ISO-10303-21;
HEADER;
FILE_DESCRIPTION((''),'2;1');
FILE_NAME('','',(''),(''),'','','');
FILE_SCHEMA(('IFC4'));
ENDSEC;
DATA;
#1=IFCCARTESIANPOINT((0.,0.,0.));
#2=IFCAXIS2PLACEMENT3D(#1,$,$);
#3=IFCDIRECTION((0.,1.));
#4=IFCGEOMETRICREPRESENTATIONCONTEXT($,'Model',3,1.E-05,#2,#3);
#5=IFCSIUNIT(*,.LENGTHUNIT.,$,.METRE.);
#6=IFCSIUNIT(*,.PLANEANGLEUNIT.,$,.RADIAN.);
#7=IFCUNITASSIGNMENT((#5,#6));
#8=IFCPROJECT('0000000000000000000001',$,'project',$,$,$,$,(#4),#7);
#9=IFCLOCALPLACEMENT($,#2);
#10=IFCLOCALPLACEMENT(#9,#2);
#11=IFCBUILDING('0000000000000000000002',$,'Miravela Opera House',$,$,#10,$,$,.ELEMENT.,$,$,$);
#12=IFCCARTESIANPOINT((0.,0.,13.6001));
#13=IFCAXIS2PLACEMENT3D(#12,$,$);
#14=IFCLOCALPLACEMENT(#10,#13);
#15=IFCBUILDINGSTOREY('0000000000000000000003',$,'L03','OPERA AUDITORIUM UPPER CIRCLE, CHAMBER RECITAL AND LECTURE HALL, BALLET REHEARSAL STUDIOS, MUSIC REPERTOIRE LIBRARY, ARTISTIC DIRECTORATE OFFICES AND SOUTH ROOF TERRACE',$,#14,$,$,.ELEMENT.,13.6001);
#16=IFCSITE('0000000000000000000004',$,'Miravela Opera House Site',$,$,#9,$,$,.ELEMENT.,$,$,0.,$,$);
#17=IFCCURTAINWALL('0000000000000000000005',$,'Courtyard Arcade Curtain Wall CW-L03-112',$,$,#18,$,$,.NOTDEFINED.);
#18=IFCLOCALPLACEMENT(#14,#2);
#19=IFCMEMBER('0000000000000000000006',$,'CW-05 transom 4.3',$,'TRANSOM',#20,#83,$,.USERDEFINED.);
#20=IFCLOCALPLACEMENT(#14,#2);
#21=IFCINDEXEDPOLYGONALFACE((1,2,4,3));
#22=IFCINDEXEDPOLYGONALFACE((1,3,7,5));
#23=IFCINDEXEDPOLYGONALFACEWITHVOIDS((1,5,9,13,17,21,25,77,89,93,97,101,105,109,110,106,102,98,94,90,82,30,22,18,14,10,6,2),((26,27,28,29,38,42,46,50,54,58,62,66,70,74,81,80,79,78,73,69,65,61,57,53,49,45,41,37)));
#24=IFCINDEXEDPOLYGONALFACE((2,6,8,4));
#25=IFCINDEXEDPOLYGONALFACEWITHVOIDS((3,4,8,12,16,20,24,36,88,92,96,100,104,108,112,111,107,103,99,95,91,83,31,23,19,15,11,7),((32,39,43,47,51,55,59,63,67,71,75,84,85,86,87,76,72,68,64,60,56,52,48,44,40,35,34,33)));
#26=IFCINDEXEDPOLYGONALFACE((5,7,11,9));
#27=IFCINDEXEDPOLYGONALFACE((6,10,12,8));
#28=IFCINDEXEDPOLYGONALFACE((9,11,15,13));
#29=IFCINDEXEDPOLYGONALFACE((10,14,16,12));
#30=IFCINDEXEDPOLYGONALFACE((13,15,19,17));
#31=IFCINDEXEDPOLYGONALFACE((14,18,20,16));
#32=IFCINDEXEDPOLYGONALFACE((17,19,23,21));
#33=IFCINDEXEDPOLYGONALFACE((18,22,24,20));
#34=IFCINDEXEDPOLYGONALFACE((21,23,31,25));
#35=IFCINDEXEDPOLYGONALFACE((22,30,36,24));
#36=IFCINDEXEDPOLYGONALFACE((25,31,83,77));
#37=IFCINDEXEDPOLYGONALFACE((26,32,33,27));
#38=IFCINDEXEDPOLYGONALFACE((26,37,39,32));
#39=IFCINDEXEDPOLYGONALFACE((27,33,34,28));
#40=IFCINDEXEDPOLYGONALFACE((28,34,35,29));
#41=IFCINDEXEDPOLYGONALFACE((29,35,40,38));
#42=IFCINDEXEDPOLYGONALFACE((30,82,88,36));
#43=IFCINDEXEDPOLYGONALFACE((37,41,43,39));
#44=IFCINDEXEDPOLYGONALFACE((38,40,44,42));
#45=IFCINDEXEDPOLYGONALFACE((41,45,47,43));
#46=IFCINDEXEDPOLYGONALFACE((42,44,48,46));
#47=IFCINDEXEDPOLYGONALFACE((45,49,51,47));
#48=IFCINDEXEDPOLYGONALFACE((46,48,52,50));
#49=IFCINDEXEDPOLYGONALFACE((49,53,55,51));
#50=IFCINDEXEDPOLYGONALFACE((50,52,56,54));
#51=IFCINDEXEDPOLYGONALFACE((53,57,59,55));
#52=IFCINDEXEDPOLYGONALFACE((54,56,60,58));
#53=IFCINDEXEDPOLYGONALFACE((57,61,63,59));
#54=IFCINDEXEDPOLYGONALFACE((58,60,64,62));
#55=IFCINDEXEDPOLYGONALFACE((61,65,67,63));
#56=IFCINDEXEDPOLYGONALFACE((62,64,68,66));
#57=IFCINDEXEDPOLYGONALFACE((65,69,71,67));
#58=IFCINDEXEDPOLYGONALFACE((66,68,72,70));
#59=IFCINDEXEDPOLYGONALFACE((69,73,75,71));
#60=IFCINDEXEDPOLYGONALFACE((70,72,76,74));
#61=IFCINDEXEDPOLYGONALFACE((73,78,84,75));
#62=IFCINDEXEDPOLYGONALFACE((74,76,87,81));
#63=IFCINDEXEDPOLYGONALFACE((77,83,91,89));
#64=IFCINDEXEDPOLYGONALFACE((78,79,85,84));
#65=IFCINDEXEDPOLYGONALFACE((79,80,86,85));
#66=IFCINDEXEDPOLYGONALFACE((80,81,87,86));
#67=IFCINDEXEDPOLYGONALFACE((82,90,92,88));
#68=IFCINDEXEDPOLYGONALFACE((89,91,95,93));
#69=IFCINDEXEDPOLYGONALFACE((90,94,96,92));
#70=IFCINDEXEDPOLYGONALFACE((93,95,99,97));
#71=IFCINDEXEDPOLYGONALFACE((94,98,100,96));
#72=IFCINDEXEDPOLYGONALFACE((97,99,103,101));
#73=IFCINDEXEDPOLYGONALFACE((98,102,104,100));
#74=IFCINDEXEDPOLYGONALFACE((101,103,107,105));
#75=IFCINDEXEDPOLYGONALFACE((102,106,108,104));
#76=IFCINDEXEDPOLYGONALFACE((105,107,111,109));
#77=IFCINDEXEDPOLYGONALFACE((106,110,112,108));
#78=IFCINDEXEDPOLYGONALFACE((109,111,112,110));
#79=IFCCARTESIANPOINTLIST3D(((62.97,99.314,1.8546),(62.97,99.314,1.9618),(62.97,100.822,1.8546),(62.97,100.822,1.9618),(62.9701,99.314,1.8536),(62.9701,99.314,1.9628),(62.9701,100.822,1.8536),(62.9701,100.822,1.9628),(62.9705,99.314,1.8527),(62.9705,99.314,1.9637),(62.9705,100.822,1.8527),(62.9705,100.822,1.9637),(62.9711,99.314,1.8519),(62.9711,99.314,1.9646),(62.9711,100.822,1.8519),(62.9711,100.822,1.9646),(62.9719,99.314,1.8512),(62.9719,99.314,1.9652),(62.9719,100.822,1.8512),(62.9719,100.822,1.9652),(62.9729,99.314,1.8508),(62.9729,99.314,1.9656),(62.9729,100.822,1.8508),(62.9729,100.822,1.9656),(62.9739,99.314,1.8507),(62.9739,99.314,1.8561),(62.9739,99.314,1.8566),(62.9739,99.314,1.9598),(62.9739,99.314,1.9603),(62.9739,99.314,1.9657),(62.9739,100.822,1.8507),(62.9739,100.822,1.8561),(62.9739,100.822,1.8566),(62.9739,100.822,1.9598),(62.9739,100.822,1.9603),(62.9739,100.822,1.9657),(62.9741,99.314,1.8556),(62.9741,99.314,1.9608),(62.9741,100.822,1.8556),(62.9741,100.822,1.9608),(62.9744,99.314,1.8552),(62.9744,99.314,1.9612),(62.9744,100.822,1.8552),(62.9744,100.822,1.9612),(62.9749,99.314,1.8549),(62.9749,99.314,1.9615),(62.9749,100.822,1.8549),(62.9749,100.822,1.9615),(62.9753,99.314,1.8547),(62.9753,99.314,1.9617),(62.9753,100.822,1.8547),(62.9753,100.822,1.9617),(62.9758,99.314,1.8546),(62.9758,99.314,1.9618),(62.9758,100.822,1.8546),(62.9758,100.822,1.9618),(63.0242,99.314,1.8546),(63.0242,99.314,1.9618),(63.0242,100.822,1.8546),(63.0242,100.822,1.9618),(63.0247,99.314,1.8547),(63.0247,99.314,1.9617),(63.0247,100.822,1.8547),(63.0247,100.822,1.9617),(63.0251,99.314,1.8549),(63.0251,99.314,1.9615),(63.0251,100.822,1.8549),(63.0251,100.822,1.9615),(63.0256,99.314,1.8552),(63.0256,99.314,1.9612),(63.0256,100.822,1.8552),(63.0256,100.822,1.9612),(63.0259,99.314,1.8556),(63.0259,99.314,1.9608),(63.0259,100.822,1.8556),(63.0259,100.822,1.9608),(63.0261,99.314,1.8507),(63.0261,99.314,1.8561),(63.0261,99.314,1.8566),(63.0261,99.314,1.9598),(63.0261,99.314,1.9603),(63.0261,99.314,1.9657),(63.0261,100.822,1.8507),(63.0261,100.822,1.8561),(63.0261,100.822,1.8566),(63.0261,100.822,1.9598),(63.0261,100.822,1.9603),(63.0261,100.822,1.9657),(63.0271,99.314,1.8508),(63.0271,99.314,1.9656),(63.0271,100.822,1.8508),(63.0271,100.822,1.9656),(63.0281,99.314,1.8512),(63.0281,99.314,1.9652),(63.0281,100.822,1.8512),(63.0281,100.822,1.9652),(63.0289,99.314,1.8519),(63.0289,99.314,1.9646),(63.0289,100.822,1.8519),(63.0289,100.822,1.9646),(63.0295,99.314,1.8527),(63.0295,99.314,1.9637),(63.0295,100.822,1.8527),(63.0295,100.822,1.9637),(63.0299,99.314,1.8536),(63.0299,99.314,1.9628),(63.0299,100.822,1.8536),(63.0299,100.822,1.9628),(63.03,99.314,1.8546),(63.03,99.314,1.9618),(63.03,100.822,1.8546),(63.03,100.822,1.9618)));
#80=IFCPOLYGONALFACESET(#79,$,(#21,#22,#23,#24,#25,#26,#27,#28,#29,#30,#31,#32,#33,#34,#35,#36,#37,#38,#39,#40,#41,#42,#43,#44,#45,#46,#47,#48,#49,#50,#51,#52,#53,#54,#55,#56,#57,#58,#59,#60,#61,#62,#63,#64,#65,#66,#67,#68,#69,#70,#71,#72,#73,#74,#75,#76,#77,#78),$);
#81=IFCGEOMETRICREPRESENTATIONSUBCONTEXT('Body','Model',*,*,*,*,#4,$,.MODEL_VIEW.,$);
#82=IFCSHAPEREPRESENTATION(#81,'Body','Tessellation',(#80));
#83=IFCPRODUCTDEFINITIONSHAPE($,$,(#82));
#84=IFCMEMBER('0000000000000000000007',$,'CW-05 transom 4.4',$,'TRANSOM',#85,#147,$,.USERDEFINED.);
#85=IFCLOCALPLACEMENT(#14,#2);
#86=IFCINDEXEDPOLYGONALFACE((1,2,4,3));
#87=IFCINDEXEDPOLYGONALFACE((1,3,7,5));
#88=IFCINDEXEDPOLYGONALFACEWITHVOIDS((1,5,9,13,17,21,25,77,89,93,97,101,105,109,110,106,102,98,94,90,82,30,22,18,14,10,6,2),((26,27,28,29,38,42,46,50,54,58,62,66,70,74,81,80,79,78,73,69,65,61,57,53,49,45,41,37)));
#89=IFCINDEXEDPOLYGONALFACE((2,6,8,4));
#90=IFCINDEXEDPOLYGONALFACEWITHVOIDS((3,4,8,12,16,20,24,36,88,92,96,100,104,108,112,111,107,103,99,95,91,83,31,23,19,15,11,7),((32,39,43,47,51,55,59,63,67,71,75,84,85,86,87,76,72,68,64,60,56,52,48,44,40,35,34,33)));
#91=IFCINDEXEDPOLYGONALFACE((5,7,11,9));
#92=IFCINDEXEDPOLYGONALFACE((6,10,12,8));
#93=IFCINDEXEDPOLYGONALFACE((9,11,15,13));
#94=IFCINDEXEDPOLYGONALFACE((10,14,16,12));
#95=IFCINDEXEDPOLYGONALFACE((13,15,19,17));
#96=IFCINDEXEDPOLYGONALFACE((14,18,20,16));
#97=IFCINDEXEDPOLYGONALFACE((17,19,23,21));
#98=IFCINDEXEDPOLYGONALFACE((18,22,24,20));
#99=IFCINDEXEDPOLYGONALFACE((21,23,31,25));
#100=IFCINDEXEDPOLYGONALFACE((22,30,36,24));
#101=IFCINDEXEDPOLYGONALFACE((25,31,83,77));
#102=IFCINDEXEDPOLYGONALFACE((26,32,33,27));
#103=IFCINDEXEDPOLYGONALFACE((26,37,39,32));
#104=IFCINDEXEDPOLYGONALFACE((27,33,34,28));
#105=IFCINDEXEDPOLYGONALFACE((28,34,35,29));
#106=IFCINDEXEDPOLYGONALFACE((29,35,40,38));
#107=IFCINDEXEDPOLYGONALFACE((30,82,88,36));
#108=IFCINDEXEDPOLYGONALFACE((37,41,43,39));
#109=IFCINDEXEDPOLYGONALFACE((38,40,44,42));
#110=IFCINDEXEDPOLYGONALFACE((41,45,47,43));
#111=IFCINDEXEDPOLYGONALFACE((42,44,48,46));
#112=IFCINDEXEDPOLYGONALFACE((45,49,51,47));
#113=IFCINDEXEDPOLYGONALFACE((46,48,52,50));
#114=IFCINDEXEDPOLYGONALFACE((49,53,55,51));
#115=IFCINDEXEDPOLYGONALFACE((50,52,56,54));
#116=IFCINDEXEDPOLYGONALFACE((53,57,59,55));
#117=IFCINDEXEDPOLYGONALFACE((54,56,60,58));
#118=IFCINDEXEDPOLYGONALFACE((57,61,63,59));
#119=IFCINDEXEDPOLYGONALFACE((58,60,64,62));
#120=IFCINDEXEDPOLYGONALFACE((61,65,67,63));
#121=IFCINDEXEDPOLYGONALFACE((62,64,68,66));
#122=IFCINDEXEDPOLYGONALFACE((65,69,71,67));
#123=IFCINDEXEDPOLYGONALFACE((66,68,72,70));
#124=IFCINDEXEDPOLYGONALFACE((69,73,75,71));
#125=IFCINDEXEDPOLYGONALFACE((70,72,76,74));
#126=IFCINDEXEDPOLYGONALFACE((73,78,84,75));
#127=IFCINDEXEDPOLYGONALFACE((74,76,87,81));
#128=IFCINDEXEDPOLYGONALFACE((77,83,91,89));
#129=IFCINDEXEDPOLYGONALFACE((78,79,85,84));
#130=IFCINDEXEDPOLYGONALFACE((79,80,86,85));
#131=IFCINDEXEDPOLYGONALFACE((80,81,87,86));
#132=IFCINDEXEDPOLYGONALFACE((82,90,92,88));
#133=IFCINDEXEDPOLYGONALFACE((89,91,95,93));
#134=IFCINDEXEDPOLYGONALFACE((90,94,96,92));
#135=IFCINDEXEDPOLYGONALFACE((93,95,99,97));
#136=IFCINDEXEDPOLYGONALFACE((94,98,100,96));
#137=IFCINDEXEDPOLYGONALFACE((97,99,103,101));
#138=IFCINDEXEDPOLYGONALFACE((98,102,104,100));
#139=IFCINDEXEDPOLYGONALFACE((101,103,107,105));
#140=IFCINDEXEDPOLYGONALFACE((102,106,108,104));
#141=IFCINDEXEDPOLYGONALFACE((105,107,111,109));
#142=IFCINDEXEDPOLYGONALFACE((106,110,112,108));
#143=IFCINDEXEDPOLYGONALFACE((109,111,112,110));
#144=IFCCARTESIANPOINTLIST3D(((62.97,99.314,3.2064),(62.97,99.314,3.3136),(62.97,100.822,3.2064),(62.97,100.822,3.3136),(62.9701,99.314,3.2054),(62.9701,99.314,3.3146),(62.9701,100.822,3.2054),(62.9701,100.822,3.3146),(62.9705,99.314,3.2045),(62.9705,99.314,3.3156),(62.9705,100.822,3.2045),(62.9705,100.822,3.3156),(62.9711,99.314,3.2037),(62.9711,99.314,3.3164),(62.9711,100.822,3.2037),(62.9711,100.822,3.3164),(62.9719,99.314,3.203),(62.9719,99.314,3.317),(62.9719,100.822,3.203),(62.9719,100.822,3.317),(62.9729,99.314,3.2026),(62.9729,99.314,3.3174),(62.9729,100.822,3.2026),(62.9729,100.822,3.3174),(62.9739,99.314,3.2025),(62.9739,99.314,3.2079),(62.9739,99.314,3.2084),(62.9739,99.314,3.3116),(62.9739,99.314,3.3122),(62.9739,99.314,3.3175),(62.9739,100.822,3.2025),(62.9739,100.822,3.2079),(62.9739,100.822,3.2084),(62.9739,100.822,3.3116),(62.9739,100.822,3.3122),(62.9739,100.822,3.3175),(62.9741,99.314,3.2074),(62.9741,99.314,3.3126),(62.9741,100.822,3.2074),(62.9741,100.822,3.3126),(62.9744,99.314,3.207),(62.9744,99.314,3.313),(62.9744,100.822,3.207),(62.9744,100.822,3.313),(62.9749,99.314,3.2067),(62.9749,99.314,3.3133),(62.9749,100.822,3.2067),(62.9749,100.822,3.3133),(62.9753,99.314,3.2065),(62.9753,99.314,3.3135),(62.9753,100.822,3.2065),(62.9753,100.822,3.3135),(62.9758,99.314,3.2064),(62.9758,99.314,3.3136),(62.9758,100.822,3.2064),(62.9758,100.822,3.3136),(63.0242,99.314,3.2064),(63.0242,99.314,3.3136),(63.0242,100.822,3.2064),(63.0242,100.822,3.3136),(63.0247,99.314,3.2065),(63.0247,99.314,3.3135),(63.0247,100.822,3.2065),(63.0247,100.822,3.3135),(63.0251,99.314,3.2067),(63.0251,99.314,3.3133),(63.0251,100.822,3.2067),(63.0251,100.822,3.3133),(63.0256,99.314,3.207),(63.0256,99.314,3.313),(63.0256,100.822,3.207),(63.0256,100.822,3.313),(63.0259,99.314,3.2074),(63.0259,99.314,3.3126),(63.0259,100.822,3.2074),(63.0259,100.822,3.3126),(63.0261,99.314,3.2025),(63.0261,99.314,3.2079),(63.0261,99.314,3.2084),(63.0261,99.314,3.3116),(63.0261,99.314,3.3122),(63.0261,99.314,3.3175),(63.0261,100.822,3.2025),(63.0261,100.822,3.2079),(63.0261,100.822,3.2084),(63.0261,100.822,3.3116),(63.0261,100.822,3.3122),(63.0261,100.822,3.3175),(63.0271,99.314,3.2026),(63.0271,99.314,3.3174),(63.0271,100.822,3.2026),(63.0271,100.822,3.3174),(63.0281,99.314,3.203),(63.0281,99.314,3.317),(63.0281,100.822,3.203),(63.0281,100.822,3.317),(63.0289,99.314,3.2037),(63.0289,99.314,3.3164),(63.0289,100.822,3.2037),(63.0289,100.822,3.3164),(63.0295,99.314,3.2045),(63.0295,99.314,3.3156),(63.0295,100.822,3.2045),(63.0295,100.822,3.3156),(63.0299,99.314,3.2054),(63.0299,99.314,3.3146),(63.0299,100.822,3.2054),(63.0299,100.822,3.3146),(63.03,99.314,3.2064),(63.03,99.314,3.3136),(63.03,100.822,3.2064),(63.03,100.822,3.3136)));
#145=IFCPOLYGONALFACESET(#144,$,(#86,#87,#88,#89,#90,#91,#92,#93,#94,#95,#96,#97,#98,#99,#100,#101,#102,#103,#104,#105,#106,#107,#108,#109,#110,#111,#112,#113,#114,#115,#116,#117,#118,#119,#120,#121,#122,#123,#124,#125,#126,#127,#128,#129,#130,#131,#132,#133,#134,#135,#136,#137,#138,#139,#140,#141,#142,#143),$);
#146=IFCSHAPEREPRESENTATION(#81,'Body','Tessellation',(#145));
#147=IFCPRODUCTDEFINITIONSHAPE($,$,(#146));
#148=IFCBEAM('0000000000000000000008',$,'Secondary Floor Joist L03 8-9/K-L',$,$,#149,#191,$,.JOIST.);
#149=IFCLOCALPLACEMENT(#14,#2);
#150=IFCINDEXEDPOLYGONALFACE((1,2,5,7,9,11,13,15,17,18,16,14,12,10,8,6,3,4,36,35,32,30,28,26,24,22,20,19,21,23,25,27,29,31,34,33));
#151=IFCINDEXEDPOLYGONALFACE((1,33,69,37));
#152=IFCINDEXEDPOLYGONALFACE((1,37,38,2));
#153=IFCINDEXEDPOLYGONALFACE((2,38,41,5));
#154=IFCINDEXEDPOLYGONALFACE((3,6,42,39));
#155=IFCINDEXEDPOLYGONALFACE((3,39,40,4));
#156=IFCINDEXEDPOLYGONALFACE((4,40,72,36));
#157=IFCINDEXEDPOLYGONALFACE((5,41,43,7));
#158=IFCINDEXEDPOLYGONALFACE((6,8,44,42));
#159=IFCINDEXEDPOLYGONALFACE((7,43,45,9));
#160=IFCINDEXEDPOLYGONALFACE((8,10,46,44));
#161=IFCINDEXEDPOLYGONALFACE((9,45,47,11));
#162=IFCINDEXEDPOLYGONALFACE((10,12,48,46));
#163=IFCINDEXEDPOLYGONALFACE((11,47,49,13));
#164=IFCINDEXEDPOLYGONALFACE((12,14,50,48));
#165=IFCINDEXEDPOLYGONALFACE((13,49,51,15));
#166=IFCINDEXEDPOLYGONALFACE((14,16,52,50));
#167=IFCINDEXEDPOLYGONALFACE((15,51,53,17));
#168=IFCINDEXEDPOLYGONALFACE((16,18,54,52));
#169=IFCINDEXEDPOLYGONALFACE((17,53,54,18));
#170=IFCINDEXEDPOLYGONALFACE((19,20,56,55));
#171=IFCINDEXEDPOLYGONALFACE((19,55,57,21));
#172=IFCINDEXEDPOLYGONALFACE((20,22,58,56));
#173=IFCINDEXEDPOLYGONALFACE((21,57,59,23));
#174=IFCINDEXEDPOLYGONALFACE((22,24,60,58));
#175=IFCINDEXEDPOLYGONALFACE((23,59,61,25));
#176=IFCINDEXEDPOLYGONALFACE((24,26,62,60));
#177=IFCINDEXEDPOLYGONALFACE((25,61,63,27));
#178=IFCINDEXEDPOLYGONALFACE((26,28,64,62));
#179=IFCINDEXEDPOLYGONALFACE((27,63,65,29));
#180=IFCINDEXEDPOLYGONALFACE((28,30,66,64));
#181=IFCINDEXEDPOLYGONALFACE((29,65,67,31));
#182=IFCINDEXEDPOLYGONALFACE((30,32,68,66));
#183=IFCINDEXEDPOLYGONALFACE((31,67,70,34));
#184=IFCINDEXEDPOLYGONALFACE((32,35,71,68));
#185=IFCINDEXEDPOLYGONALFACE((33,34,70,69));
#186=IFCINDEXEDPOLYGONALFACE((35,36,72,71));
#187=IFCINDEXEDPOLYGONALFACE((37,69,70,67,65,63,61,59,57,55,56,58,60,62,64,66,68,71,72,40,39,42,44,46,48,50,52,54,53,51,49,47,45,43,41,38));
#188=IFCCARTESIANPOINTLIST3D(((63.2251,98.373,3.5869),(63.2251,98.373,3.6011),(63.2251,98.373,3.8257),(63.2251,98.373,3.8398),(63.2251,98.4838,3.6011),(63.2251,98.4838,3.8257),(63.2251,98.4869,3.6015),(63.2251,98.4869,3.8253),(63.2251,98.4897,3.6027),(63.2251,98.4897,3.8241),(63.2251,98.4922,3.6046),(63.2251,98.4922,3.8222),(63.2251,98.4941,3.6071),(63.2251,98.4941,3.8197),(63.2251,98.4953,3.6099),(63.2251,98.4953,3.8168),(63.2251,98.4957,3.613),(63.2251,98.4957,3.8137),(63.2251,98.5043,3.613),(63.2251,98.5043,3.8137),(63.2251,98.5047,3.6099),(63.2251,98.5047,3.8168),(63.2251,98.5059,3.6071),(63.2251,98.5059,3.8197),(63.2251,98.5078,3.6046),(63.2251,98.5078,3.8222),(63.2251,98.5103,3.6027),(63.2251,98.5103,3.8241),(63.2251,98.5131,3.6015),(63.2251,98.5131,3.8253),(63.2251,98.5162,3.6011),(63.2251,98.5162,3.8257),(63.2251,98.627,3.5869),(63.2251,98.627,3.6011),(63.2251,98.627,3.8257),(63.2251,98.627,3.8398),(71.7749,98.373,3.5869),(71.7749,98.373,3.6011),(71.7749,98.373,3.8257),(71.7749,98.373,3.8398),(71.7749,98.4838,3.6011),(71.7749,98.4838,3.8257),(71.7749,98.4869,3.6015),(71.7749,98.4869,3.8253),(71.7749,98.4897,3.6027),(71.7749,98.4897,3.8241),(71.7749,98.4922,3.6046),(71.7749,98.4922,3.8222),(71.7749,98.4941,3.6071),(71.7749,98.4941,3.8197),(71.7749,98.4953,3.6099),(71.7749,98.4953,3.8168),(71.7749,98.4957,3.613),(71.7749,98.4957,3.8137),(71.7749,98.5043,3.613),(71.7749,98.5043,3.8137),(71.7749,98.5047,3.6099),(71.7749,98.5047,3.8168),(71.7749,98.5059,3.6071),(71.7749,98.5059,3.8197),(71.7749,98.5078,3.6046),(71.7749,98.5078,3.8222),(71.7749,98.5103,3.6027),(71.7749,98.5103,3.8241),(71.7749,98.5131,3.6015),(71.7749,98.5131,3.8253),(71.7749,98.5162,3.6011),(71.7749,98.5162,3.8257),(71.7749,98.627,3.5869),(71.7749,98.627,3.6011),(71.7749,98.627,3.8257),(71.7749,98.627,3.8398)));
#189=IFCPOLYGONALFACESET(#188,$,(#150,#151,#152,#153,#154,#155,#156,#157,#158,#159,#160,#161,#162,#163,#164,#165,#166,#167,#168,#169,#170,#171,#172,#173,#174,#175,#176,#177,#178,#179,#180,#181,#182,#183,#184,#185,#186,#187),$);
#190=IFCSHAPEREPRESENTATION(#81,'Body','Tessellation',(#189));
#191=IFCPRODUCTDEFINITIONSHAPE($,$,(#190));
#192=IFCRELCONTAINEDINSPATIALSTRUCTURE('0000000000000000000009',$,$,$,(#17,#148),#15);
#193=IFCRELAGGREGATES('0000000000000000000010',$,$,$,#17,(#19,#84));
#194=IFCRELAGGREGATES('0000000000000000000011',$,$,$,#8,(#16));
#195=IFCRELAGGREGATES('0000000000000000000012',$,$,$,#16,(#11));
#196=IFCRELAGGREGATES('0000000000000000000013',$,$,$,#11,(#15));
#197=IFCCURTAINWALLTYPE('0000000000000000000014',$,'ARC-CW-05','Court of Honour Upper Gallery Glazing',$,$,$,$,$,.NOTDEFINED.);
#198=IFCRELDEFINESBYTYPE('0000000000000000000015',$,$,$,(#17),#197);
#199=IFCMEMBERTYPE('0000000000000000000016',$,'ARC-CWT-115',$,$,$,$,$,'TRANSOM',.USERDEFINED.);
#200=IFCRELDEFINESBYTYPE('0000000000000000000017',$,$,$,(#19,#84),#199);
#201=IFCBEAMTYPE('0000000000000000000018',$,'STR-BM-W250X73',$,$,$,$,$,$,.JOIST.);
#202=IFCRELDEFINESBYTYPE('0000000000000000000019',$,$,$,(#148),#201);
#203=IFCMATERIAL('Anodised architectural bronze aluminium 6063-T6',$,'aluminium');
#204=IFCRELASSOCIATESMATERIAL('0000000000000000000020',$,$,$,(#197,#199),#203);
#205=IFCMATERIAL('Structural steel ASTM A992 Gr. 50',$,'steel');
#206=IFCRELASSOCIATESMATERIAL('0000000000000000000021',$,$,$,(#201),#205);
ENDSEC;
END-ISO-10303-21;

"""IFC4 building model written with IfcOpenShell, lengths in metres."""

from ifc_helpers import new_model, si_unit, direction, frame, origin, origin_2d, place, context, subcontext, project, spatial, hollow_rectangle, i_section, extrude, material, material_profile, profile_set, type_object, element, aggregate, save


model = new_model("IFC4")

# Units and contexts
model_context = context("Model", 3, precision=1e-05, world=origin(), true_north=direction((0.0, 1.0)))
body_context = subcontext(model_context, "Body", "Model", "MODEL_VIEW")
ifc_project = project(units=[si_unit("LENGTHUNIT", "METRE"), si_unit("PLANEANGLEUNIT", "RADIAN")], contexts=[model_context])

# Site, building, storey
site_placement = place(None, origin())
site = spatial("IfcSite", under=ifc_project, at=site_placement, Name="Miravela Opera House Site", CompositionType="ELEMENT", RefElevation=0.0)
building_placement = place(site_placement, origin())
building = spatial("IfcBuilding", under=site, at=building_placement, Name="Miravela Opera House", CompositionType="ELEMENT")
storey_placement = place(building_placement, frame((0.0, 0.0, 13.6001)))
storey = spatial("IfcBuildingStorey", under=building, at=storey_placement, Name="L03", Description="OPERA AUDITORIUM UPPER CIRCLE, CHAMBER RECITAL AND LECTURE HALL, BALLET REHEARSAL STUDIOS, MUSIC REPERTOIRE LIBRARY, ARTISTIC DIRECTORATE OFFICES AND SOUTH ROOF TERRACE", CompositionType="ELEMENT", Elevation=13.6001)

# Curtain wall, members
ifc_material_1 = material(Name="Anodised architectural bronze aluminium 6063-T6", Category="aluminium")
curtain_wall_type = type_object("IfcCurtainWallType", Name="ARC-CW-05", Description="Court of Honour Upper Gallery Glazing", PredefinedType="NOTDEFINED", material=ifc_material_1)
curtain_wall_placement = place(storey_placement, origin())
curtain_wall = element("IfcCurtainWall", 1, at=curtain_wall_placement, inside=storey, type_object=curtain_wall_type, Name="Courtyard Arcade Curtain Wall CW-L03-112", PredefinedType="NOTDEFINED")
ifc_material_profile_1 = material_profile(ifc_material_1, hollow_rectangle(XDim=0.0601, YDim=0.115, WallThickness=0.0039, InnerFilletRadius=0.002, OuterFilletRadius=0.0039, at=origin_2d()), Name="CWT-60X115")
ifc_profile_set_1 = profile_set([ifc_material_profile_1])
member_type_1 = type_object("IfcMemberType", Name="ARC-CWT-115", ElementType="TRANSOM", PredefinedType="USERDEFINED", material=ifc_profile_set_1)
member_1_placement = place(storey_placement, frame((63.0, 99.314, 1.9082), z_axis=(0.0, 1.0, 0.0), x_axis=(-1.0, 0.0, 0.0)))
member_1 = element("IfcMember", 2, at=member_1_placement, type_object=member_type_1, Name="CW-05 transom 4.3", ObjectType="TRANSOM", PredefinedType="USERDEFINED", context=body_context, shape_type="SweptSolid", body=[
    extrude(hollow_rectangle(XDim=0.0601, YDim=0.115, WallThickness=0.0039, InnerFilletRadius=0.002, OuterFilletRadius=0.0039, at=origin_2d()), origin(), (0.0, 0.0, 1.0), 1.5081),
])
member_2_placement = place(storey_placement, frame((63.0, 99.314, 3.26), z_axis=(0.0, 1.0, 0.0), x_axis=(-1.0, 0.0, 0.0)))
member_2 = element("IfcMember", 3, at=member_2_placement, type_object=member_type_1, Name="CW-05 transom 4.4", ObjectType="TRANSOM", PredefinedType="USERDEFINED", context=body_context, shape_type="SweptSolid", body=[
    extrude(hollow_rectangle(XDim=0.0601, YDim=0.115, WallThickness=0.0039, InnerFilletRadius=0.002, OuterFilletRadius=0.0039, at=origin_2d()), origin(), (0.0, 0.0, 1.0), 1.5081),
])

# Beam
ifc_material_2 = material(Name="Structural steel ASTM A992 Gr. 50", Category="steel")
ifc_material_profile_2 = material_profile(ifc_material_2, i_section(OverallWidth=0.2539, OverallDepth=0.2529, WebThickness=0.0085, FlangeThickness=0.0142, FilletRadius=0.012, at=origin_2d()), Name="W250X73")
ifc_profile_set_2 = profile_set([ifc_material_profile_2])
beam_type = type_object("IfcBeamType", Name="STR-BM-W250X73", PredefinedType="JOIST", material=ifc_profile_set_2)
beam_placement = place(storey_placement, frame((63.2251, 98.5, 3.7134), z_axis=(1.0, 0.0, 0.0), x_axis=(0.0, 1.0, 0.0)))
element("IfcBeam", 4, at=beam_placement, inside=storey, type_object=beam_type, Name="Secondary Floor Joist L03 8-9/K-L", PredefinedType="JOIST", context=body_context, shape_type="SweptSolid", body=[
    extrude(i_section(OverallWidth=0.2539, OverallDepth=0.2529, WebThickness=0.0085, FlangeThickness=0.0142, FilletRadius=0.012, at=origin_2d()), origin(), (0.0, 0.0, 1.0), 8.5498),
])

aggregate(curtain_wall, [member_1, member_2])

save(model, "model.ifc")
